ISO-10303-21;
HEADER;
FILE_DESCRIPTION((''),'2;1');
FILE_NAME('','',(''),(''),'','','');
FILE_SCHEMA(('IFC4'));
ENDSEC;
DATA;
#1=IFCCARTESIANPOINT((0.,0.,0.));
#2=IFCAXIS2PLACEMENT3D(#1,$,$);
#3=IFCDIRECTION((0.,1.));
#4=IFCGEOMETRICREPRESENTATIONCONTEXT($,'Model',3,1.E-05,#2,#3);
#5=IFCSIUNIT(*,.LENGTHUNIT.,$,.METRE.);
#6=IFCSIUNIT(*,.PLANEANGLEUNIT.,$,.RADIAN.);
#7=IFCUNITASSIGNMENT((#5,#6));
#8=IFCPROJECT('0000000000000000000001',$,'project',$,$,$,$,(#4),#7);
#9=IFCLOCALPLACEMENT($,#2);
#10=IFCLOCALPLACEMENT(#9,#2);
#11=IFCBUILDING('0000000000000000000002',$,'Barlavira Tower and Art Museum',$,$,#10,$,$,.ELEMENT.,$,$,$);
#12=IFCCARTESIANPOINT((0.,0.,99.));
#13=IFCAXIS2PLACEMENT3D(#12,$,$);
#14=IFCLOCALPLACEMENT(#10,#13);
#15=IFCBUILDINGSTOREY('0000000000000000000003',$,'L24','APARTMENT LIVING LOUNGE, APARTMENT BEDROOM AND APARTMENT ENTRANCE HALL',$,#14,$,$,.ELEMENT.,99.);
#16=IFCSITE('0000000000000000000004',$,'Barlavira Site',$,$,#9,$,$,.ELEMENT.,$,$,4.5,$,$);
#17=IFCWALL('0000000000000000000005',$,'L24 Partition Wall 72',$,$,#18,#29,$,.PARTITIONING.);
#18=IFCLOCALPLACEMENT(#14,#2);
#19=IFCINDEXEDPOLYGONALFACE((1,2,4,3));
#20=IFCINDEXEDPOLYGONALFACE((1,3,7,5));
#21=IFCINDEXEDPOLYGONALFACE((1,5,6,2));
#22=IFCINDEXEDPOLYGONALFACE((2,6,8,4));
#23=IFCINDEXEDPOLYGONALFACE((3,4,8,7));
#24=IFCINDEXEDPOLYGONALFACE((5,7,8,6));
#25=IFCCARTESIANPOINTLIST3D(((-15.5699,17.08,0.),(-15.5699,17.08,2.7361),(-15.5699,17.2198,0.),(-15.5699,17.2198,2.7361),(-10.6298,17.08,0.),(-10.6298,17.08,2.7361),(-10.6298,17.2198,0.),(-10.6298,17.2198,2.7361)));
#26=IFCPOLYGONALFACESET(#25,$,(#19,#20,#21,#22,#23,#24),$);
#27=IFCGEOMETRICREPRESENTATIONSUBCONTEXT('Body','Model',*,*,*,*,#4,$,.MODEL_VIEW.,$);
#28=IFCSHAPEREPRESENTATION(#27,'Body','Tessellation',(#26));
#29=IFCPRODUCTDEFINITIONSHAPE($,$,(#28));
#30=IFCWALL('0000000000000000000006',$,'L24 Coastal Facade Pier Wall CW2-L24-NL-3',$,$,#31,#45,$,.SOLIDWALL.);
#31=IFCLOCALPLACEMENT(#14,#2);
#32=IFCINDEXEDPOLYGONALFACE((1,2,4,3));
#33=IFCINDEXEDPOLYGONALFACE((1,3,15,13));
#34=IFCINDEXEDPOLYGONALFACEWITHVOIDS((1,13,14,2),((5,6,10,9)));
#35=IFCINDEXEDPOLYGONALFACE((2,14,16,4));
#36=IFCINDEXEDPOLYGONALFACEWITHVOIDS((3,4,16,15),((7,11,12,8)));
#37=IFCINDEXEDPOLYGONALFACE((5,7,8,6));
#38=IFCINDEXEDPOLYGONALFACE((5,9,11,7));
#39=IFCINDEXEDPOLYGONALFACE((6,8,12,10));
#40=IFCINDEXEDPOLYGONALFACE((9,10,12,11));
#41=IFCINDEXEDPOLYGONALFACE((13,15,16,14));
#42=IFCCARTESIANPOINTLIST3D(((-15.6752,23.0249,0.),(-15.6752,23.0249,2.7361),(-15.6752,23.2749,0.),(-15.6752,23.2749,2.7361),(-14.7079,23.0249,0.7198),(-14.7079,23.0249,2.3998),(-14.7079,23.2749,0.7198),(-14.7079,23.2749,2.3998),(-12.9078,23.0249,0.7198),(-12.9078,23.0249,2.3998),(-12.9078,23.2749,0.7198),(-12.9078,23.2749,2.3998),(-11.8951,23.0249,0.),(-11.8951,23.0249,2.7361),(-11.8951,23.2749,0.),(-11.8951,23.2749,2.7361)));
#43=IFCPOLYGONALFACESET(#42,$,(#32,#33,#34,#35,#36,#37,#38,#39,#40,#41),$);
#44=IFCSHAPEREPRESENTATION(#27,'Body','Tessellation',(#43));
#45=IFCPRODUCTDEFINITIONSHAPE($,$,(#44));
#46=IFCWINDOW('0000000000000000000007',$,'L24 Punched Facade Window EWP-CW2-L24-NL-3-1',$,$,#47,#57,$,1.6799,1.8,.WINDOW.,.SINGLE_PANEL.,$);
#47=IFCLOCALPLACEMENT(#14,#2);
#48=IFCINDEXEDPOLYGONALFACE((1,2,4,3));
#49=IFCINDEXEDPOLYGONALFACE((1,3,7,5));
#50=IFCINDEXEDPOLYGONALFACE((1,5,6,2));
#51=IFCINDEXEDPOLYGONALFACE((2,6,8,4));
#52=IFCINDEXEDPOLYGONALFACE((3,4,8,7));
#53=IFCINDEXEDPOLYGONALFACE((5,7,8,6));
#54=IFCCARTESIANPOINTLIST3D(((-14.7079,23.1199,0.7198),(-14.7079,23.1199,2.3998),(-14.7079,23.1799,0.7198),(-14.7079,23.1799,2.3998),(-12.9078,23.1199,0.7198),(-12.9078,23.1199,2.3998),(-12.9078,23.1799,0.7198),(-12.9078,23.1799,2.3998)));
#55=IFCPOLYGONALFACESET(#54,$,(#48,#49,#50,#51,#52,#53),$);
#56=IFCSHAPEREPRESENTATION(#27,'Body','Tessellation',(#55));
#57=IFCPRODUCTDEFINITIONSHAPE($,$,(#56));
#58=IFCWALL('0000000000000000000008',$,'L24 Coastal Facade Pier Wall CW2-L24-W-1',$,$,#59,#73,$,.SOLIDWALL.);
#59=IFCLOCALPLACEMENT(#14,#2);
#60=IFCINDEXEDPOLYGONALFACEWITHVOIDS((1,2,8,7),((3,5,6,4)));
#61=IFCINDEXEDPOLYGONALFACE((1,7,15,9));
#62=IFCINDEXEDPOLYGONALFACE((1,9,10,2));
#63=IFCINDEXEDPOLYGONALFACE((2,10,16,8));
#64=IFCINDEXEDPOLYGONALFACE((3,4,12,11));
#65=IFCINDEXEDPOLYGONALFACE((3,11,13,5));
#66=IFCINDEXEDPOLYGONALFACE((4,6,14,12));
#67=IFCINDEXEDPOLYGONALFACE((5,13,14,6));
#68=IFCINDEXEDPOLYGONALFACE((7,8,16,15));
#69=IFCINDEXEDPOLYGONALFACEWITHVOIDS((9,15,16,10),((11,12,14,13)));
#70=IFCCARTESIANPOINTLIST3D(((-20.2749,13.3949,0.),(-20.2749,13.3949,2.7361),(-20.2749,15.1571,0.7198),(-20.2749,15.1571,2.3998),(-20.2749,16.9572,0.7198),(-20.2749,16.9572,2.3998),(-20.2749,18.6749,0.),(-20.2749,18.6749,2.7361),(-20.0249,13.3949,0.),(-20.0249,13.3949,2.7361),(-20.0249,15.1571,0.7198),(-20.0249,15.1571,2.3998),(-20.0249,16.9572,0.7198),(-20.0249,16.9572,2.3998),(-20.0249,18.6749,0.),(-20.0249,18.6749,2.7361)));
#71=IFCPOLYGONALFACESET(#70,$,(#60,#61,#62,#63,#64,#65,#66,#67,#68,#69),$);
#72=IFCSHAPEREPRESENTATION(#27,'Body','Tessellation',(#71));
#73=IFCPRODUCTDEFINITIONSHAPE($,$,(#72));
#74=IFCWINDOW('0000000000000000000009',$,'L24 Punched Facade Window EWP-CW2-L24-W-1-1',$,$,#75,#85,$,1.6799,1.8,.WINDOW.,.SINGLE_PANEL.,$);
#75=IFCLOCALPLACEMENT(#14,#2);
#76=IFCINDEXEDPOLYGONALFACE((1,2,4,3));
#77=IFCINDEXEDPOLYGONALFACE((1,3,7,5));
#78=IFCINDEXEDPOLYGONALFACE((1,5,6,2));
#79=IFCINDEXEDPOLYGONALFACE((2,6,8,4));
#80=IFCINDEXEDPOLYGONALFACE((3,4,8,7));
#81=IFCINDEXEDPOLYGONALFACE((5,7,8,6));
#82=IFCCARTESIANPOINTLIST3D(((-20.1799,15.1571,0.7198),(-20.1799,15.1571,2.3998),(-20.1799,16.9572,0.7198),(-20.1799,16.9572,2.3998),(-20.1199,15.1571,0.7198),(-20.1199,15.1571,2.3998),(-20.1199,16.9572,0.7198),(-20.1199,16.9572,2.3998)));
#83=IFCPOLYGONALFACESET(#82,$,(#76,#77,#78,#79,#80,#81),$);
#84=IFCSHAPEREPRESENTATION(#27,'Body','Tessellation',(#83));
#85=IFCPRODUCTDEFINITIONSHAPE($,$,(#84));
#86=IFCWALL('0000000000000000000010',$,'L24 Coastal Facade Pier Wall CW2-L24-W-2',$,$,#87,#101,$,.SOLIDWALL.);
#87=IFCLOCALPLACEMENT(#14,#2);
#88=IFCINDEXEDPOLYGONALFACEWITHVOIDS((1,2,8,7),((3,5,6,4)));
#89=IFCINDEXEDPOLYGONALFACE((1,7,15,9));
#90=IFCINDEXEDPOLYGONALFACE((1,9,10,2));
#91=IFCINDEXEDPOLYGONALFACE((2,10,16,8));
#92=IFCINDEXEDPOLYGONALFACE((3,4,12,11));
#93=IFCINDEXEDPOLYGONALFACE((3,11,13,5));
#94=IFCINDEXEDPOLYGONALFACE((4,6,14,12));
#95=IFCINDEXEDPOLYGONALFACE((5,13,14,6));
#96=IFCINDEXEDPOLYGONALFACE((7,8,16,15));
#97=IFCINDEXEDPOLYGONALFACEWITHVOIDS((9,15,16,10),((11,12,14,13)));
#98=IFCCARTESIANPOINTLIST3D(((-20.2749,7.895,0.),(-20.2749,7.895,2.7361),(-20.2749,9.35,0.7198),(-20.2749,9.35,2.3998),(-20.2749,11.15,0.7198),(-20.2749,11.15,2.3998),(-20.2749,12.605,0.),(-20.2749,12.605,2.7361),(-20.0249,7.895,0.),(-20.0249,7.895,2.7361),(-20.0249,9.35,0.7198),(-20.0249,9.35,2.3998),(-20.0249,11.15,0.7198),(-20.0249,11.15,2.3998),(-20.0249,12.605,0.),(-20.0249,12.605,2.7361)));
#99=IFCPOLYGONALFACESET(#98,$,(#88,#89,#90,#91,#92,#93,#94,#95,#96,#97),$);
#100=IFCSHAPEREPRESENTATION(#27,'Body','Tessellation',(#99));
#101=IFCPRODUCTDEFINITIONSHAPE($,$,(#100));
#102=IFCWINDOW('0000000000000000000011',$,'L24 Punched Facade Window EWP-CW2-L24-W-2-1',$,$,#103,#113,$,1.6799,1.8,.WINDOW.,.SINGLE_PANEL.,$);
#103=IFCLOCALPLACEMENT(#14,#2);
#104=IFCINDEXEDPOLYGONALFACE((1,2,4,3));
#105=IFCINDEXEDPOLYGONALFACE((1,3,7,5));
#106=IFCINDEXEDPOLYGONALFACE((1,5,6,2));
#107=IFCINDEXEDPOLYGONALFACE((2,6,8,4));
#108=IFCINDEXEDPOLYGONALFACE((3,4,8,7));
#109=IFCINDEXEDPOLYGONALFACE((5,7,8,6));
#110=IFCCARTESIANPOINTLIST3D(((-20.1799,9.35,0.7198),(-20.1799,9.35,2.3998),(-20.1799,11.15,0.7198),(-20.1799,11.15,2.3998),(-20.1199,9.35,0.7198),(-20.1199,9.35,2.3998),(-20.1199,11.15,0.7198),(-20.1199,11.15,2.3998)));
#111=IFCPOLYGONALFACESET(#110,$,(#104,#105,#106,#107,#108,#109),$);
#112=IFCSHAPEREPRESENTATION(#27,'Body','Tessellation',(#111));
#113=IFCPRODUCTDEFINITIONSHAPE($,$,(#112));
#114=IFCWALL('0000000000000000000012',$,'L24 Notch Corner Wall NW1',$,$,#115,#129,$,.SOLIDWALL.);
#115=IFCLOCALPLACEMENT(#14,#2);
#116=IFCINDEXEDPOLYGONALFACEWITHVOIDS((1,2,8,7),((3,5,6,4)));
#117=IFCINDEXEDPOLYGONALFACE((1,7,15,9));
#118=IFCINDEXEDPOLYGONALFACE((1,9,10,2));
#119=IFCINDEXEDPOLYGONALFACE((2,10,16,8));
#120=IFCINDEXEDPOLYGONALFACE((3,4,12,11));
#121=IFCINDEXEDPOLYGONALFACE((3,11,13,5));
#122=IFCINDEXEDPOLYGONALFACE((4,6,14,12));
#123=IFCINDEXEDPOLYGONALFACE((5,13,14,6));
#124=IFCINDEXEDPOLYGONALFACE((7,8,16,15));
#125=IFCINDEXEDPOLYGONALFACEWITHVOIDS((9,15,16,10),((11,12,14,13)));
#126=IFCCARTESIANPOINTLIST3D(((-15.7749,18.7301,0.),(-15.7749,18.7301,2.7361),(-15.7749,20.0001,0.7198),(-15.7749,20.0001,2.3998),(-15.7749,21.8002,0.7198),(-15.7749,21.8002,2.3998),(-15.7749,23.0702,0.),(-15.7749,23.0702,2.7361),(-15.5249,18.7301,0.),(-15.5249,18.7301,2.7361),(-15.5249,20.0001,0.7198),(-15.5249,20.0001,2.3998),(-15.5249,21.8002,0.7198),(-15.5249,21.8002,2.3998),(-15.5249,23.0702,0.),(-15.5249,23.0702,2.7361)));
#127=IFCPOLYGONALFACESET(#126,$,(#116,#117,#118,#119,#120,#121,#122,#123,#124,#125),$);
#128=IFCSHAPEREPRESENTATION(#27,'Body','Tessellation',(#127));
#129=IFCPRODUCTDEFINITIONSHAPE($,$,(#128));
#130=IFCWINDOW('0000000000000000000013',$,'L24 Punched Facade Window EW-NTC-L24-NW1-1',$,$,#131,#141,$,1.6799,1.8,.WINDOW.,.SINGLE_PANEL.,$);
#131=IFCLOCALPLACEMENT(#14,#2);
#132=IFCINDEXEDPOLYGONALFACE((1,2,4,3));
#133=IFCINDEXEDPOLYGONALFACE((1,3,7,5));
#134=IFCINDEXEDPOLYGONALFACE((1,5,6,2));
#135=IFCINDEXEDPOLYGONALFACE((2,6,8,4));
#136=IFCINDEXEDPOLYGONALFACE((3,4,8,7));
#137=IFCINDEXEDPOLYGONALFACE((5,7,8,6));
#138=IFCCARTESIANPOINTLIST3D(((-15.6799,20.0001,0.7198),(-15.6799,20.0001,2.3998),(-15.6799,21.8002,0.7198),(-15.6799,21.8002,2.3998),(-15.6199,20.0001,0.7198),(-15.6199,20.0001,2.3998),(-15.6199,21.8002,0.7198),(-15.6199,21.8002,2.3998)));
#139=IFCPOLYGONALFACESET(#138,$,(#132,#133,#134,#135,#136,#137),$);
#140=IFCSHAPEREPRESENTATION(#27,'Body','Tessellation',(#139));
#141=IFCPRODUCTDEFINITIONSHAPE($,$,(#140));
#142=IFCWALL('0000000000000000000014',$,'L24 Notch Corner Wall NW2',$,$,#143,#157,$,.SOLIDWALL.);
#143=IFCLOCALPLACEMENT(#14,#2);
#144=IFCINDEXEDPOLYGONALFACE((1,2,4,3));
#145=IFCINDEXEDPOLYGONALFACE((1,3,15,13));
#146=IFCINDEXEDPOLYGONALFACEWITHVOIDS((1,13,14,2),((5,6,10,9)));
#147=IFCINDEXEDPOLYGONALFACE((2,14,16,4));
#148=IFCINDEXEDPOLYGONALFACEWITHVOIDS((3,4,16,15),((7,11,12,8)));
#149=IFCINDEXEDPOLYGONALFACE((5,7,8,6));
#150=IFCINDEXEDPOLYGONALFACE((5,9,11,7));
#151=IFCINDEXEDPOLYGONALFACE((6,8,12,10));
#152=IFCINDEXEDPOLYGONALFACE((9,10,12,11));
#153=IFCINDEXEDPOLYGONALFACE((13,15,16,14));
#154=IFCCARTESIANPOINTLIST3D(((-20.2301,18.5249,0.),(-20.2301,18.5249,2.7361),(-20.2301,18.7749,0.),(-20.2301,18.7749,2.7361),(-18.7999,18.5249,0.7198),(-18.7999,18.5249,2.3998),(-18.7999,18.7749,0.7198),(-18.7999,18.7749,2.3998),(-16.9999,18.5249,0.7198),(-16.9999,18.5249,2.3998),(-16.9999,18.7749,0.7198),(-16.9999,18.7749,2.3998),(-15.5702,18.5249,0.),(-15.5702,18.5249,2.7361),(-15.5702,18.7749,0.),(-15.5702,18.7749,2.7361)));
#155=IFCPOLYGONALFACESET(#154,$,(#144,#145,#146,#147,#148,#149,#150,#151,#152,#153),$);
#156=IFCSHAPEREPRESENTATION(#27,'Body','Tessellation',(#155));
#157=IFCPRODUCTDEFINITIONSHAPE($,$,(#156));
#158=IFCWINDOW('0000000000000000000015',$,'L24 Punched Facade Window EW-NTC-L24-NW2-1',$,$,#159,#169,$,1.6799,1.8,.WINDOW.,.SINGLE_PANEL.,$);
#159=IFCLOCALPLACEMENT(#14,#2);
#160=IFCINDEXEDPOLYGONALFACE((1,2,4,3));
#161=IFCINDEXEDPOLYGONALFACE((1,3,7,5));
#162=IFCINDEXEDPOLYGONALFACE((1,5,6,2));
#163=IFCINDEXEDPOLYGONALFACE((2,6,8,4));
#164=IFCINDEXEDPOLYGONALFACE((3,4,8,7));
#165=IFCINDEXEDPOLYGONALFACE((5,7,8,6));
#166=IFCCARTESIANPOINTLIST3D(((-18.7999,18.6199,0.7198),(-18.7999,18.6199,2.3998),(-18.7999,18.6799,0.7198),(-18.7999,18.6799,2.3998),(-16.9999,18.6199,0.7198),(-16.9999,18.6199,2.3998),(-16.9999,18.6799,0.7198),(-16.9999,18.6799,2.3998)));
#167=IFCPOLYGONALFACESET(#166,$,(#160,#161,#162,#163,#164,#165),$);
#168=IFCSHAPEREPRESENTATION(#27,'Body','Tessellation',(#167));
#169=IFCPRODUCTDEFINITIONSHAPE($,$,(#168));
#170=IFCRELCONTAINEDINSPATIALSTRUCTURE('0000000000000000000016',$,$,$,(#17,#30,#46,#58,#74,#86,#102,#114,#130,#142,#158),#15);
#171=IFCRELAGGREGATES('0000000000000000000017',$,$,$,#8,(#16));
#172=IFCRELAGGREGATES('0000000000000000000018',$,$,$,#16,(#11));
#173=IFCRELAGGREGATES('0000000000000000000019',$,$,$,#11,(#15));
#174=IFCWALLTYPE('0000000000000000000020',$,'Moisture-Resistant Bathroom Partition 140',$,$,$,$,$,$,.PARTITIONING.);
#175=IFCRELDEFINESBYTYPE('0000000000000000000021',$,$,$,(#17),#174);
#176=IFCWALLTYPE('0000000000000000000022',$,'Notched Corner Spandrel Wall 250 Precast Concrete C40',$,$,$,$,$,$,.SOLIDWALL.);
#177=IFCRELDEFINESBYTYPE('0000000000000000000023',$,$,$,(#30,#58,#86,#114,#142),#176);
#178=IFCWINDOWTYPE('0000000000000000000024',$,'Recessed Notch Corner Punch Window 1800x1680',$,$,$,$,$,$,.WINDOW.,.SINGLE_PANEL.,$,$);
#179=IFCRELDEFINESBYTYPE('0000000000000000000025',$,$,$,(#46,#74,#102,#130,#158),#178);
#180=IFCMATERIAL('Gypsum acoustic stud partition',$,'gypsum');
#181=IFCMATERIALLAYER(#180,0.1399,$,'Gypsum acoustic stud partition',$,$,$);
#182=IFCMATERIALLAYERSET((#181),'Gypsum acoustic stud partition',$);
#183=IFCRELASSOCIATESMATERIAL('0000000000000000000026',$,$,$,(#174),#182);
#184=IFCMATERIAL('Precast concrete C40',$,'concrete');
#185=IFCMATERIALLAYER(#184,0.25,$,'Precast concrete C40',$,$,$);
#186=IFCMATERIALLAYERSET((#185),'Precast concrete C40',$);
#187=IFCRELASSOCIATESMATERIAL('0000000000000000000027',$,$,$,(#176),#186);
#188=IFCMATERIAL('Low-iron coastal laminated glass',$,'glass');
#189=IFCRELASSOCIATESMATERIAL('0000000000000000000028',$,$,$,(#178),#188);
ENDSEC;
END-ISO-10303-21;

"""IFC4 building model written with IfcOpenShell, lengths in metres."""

from ifc_helpers import new_model, si_unit, direction, frame, frame_2d, origin, place, context, subcontext, project, spatial, rectangle, extrude, material, layer, layer_set, type_object, element, fill, save


model = new_model("IFC4")

# Units and contexts
model_context = context("Model", 3, precision=1e-05, world=origin(), true_north=direction((0.0, 1.0)))
body_context = subcontext(model_context, "Body", "Model", "MODEL_VIEW")
ifc_project = project(units=[si_unit("LENGTHUNIT", "METRE"), si_unit("PLANEANGLEUNIT", "RADIAN")], contexts=[model_context])

# Site, building, storey
site_placement = place(None, origin())
site = spatial("IfcSite", under=ifc_project, at=site_placement, Name="Barlavira Site", CompositionType="ELEMENT", RefElevation=4.5)
building_placement = place(site_placement, origin())
building = spatial("IfcBuilding", under=site, at=building_placement, Name="Barlavira Tower and Art Museum", CompositionType="ELEMENT")
storey_placement = place(building_placement, frame((0.0, 0.0, 99.0)))
storey = spatial("IfcBuildingStorey", under=building, at=storey_placement, Name="L24", Description="APARTMENT LIVING LOUNGE, APARTMENT BEDROOM AND APARTMENT ENTRANCE HALL", CompositionType="ELEMENT", Elevation=99.0)

# Wall
ifc_material_1 = material(Name="Gypsum acoustic stud partition", Category="gypsum")
ifc_layer_1 = layer(ifc_material_1, 0.1399, Name="Gypsum acoustic stud partition")
ifc_layer_set_1 = layer_set([ifc_layer_1], Name="Gypsum acoustic stud partition")
wall_type_1 = type_object("IfcWallType", Name="Moisture-Resistant Bathroom Partition 140", PredefinedType="PARTITIONING", material=ifc_layer_set_1)
wall_1_placement = place(storey_placement, frame((-15.5701, 17.1499, 0.0), z_axis=(0.0, 0.0, 1.0), x_axis=(1.0, 0.0, 0.0)))
element("IfcWall", 1, at=wall_1_placement, inside=storey, type_object=wall_type_1, Name="L24 Partition Wall 72", PredefinedType="PARTITIONING", context=body_context, shape_type="SweptSolid", body=[
    extrude(rectangle(XDim=4.9402, YDim=0.1399, at=frame_2d((2.4702, 0.0))), origin(), (0.0, 0.0, 1.0), 2.7361),
])

# Walls, openings, windows
ifc_material_2 = material(Name="Precast concrete C40", Category="concrete")
ifc_layer_2 = layer(ifc_material_2, 0.25, Name="Precast concrete C40")
ifc_layer_set_2 = layer_set([ifc_layer_2], Name="Precast concrete C40")
wall_type_2 = type_object("IfcWallType", Name="Notched Corner Spandrel Wall 250 Precast Concrete C40", PredefinedType="SOLIDWALL", material=ifc_layer_set_2)
wall_2_placement = place(storey_placement, frame((-11.895, 23.1499, 0.0), z_axis=(0.0, 0.0, 1.0), x_axis=(-1.0, 0.0, 0.0)))
wall_2 = element("IfcWall", 2, at=wall_2_placement, inside=storey, type_object=wall_type_2, Name="L24 Coastal Facade Pier Wall CW2-L24-NL-3", PredefinedType="SOLIDWALL", context=body_context, shape_type="SweptSolid", body=[
    extrude(rectangle(XDim=3.78, YDim=0.25, at=frame_2d((1.8901, 0.0))), origin(), (0.0, 0.0, 1.0), 2.7361),
])
opening_1_placement = place(wall_2_placement, frame((1.0129, 0.0, 0.72)))
opening_1 = element("IfcOpeningElement", 3, at=opening_1_placement, cuts=wall_2, PredefinedType="OPENING", context=body_context, shape_type="SweptSolid", body=[
    extrude(rectangle(XDim=1.8, YDim=1.6799, at=frame_2d((0.8999, 0.8398))), frame((0.0, 0.135, 0.0), z_axis=(0.0, -1.0, 0.0), x_axis=(1.0, 0.0, 0.0)), (0.0, 0.0, 1.0), 0.27),
])
ifc_material_3 = material(Name="Low-iron coastal laminated glass", Category="glass")
window_type = type_object("IfcWindowType", Name="Recessed Notch Corner Punch Window 1800x1680", PartitioningType="SINGLE_PANEL", PredefinedType="WINDOW", material=ifc_material_3)
window_1_placement = place(opening_1_placement, origin())
window_1 = element("IfcWindow", 4, at=window_1_placement, inside=storey, type_object=window_type, Name="L24 Punched Facade Window EWP-CW2-L24-NL-3-1", OverallHeight=1.6799, OverallWidth=1.8, PartitioningType="SINGLE_PANEL", PredefinedType="WINDOW", context=body_context, shape_type="SweptSolid", body=[
    extrude(rectangle(XDim=1.8, YDim=1.6799, at=frame_2d((0.8999, 0.8398))), frame((0.0, 0.03, 0.0), z_axis=(0.0, -1.0, 0.0), x_axis=(1.0, 0.0, 0.0)), (0.0, 0.0, 1.0), 0.0601),
])
fill(opening_1, window_1)
wall_3_placement = place(storey_placement, frame((-20.1499, 18.675, 0.0), z_axis=(0.0, 0.0, 1.0), x_axis=(0.0, -1.0, 0.0)))
wall_3 = element("IfcWall", 5, at=wall_3_placement, inside=storey, type_object=wall_type_2, Name="L24 Coastal Facade Pier Wall CW2-L24-W-1", PredefinedType="SOLIDWALL", context=body_context, shape_type="SweptSolid", body=[
    extrude(rectangle(XDim=5.28, YDim=0.25, at=frame_2d((2.6401, 0.0))), origin(), (0.0, 0.0, 1.0), 2.7361),
])
opening_2_placement = place(wall_3_placement, frame((1.718, 0.0, 0.72)))
opening_2 = element("IfcOpeningElement", 6, at=opening_2_placement, cuts=wall_3, PredefinedType="OPENING", context=body_context, shape_type="SweptSolid", body=[
    extrude(rectangle(XDim=1.8, YDim=1.6799, at=frame_2d((0.8999, 0.8398))), frame((0.0, 0.135, 0.0), z_axis=(0.0, -1.0, 0.0), x_axis=(1.0, 0.0, 0.0)), (0.0, 0.0, 1.0), 0.27),
])
window_2_placement = place(opening_2_placement, origin())
window_2 = element("IfcWindow", 7, at=window_2_placement, inside=storey, type_object=window_type, Name="L24 Punched Facade Window EWP-CW2-L24-W-1-1", OverallHeight=1.6799, OverallWidth=1.8, PartitioningType="SINGLE_PANEL", PredefinedType="WINDOW", context=body_context, shape_type="SweptSolid", body=[
    extrude(rectangle(XDim=1.8, YDim=1.6799, at=frame_2d((0.8999, 0.8398))), frame((0.0, 0.03, 0.0), z_axis=(0.0, -1.0, 0.0), x_axis=(1.0, 0.0, 0.0)), (0.0, 0.0, 1.0), 0.0601),
])
fill(opening_2, window_2)
wall_4_placement = place(storey_placement, frame((-20.1499, 12.605, 0.0), z_axis=(0.0, 0.0, 1.0), x_axis=(0.0, -1.0, 0.0)))
wall_4 = element("IfcWall", 8, at=wall_4_placement, inside=storey, type_object=wall_type_2, Name="L24 Coastal Facade Pier Wall CW2-L24-W-2", PredefinedType="SOLIDWALL", context=body_context, shape_type="SweptSolid", body=[
    extrude(rectangle(XDim=4.71, YDim=0.25, at=frame_2d((2.355, 0.0))), origin(), (0.0, 0.0, 1.0), 2.7361),
])
opening_3_placement = place(wall_4_placement, frame((1.4551, 0.0, 0.72)))
opening_3 = element("IfcOpeningElement", 9, at=opening_3_placement, cuts=wall_4, PredefinedType="OPENING", context=body_context, shape_type="SweptSolid", body=[
    extrude(rectangle(XDim=1.8, YDim=1.6799, at=frame_2d((0.8999, 0.8398))), frame((0.0, 0.135, 0.0), z_axis=(0.0, -1.0, 0.0), x_axis=(1.0, 0.0, 0.0)), (0.0, 0.0, 1.0), 0.27),
])
window_3_placement = place(opening_3_placement, origin())
window_3 = element("IfcWindow", 10, at=window_3_placement, inside=storey, type_object=window_type, Name="L24 Punched Facade Window EWP-CW2-L24-W-2-1", OverallHeight=1.6799, OverallWidth=1.8, PartitioningType="SINGLE_PANEL", PredefinedType="WINDOW", context=body_context, shape_type="SweptSolid", body=[
    extrude(rectangle(XDim=1.8, YDim=1.6799, at=frame_2d((0.8999, 0.8398))), frame((0.0, 0.03, 0.0), z_axis=(0.0, -1.0, 0.0), x_axis=(1.0, 0.0, 0.0)), (0.0, 0.0, 1.0), 0.0601),
])
fill(opening_3, window_3)
wall_5_placement = place(storey_placement, frame((-15.6499, 23.0701, 0.0), z_axis=(0.0, 0.0, 1.0), x_axis=(0.0, -1.0, 0.0)))
wall_5 = element("IfcWall", 11, at=wall_5_placement, inside=storey, type_object=wall_type_2, Name="L24 Notch Corner Wall NW1", PredefinedType="SOLIDWALL", context=body_context, shape_type="SweptSolid", body=[
    extrude(rectangle(XDim=4.3401, YDim=0.25, at=frame_2d((2.1699, 0.0))), origin(), (0.0, 0.0, 1.0), 2.7361),
])
opening_4_placement = place(wall_5_placement, frame((1.27, 0.0, 0.72)))
opening_4 = element("IfcOpeningElement", 12, at=opening_4_placement, cuts=wall_5, PredefinedType="OPENING", context=body_context, shape_type="SweptSolid", body=[
    extrude(rectangle(XDim=1.8, YDim=1.6799, at=frame_2d((0.8999, 0.8398))), frame((0.0, 0.135, 0.0), z_axis=(0.0, -1.0, 0.0), x_axis=(1.0, 0.0, 0.0)), (0.0, 0.0, 1.0), 0.27),
])
window_4_placement = place(opening_4_placement, origin())
window_4 = element("IfcWindow", 13, at=window_4_placement, inside=storey, type_object=window_type, Name="L24 Punched Facade Window EW-NTC-L24-NW1-1", OverallHeight=1.6799, OverallWidth=1.8, PartitioningType="SINGLE_PANEL", PredefinedType="WINDOW", context=body_context, shape_type="SweptSolid", body=[
    extrude(rectangle(XDim=1.8, YDim=1.6799, at=frame_2d((0.8999, 0.8398))), frame((0.0, 0.03, 0.0), z_axis=(0.0, -1.0, 0.0), x_axis=(1.0, 0.0, 0.0)), (0.0, 0.0, 1.0), 0.0601),
])
fill(opening_4, window_4)
wall_6_placement = place(storey_placement, frame((-15.5701, 18.6499, 0.0), z_axis=(0.0, 0.0, 1.0), x_axis=(-1.0, 0.0, 0.0)))
wall_6 = element("IfcWall", 14, at=wall_6_placement, inside=storey, type_object=wall_type_2, Name="L24 Notch Corner Wall NW2", PredefinedType="SOLIDWALL", context=body_context, shape_type="SweptSolid", body=[
    extrude(rectangle(XDim=4.6599, YDim=0.25, at=frame_2d((2.3301, 0.0))), origin(), (0.0, 0.0, 1.0), 2.7361),
])
opening_5_placement = place(wall_6_placement, frame((1.4299, 0.0, 0.72)))
opening_5 = element("IfcOpeningElement", 15, at=opening_5_placement, cuts=wall_6, PredefinedType="OPENING", context=body_context, shape_type="SweptSolid", body=[
    extrude(rectangle(XDim=1.8, YDim=1.6799, at=frame_2d((0.8999, 0.8398))), frame((0.0, 0.135, 0.0), z_axis=(0.0, -1.0, 0.0), x_axis=(1.0, 0.0, 0.0)), (0.0, 0.0, 1.0), 0.27),
])
window_5_placement = place(opening_5_placement, origin())
window_5 = element("IfcWindow", 16, at=window_5_placement, inside=storey, type_object=window_type, Name="L24 Punched Facade Window EW-NTC-L24-NW2-1", OverallHeight=1.6799, OverallWidth=1.8, PartitioningType="SINGLE_PANEL", PredefinedType="WINDOW", context=body_context, shape_type="SweptSolid", body=[
    extrude(rectangle(XDim=1.8, YDim=1.6799, at=frame_2d((0.8999, 0.8398))), frame((0.0, 0.03, 0.0), z_axis=(0.0, -1.0, 0.0), x_axis=(1.0, 0.0, 0.0)), (0.0, 0.0, 1.0), 0.0601),
])
fill(opening_5, window_5)

save(model, "model.ifc")
